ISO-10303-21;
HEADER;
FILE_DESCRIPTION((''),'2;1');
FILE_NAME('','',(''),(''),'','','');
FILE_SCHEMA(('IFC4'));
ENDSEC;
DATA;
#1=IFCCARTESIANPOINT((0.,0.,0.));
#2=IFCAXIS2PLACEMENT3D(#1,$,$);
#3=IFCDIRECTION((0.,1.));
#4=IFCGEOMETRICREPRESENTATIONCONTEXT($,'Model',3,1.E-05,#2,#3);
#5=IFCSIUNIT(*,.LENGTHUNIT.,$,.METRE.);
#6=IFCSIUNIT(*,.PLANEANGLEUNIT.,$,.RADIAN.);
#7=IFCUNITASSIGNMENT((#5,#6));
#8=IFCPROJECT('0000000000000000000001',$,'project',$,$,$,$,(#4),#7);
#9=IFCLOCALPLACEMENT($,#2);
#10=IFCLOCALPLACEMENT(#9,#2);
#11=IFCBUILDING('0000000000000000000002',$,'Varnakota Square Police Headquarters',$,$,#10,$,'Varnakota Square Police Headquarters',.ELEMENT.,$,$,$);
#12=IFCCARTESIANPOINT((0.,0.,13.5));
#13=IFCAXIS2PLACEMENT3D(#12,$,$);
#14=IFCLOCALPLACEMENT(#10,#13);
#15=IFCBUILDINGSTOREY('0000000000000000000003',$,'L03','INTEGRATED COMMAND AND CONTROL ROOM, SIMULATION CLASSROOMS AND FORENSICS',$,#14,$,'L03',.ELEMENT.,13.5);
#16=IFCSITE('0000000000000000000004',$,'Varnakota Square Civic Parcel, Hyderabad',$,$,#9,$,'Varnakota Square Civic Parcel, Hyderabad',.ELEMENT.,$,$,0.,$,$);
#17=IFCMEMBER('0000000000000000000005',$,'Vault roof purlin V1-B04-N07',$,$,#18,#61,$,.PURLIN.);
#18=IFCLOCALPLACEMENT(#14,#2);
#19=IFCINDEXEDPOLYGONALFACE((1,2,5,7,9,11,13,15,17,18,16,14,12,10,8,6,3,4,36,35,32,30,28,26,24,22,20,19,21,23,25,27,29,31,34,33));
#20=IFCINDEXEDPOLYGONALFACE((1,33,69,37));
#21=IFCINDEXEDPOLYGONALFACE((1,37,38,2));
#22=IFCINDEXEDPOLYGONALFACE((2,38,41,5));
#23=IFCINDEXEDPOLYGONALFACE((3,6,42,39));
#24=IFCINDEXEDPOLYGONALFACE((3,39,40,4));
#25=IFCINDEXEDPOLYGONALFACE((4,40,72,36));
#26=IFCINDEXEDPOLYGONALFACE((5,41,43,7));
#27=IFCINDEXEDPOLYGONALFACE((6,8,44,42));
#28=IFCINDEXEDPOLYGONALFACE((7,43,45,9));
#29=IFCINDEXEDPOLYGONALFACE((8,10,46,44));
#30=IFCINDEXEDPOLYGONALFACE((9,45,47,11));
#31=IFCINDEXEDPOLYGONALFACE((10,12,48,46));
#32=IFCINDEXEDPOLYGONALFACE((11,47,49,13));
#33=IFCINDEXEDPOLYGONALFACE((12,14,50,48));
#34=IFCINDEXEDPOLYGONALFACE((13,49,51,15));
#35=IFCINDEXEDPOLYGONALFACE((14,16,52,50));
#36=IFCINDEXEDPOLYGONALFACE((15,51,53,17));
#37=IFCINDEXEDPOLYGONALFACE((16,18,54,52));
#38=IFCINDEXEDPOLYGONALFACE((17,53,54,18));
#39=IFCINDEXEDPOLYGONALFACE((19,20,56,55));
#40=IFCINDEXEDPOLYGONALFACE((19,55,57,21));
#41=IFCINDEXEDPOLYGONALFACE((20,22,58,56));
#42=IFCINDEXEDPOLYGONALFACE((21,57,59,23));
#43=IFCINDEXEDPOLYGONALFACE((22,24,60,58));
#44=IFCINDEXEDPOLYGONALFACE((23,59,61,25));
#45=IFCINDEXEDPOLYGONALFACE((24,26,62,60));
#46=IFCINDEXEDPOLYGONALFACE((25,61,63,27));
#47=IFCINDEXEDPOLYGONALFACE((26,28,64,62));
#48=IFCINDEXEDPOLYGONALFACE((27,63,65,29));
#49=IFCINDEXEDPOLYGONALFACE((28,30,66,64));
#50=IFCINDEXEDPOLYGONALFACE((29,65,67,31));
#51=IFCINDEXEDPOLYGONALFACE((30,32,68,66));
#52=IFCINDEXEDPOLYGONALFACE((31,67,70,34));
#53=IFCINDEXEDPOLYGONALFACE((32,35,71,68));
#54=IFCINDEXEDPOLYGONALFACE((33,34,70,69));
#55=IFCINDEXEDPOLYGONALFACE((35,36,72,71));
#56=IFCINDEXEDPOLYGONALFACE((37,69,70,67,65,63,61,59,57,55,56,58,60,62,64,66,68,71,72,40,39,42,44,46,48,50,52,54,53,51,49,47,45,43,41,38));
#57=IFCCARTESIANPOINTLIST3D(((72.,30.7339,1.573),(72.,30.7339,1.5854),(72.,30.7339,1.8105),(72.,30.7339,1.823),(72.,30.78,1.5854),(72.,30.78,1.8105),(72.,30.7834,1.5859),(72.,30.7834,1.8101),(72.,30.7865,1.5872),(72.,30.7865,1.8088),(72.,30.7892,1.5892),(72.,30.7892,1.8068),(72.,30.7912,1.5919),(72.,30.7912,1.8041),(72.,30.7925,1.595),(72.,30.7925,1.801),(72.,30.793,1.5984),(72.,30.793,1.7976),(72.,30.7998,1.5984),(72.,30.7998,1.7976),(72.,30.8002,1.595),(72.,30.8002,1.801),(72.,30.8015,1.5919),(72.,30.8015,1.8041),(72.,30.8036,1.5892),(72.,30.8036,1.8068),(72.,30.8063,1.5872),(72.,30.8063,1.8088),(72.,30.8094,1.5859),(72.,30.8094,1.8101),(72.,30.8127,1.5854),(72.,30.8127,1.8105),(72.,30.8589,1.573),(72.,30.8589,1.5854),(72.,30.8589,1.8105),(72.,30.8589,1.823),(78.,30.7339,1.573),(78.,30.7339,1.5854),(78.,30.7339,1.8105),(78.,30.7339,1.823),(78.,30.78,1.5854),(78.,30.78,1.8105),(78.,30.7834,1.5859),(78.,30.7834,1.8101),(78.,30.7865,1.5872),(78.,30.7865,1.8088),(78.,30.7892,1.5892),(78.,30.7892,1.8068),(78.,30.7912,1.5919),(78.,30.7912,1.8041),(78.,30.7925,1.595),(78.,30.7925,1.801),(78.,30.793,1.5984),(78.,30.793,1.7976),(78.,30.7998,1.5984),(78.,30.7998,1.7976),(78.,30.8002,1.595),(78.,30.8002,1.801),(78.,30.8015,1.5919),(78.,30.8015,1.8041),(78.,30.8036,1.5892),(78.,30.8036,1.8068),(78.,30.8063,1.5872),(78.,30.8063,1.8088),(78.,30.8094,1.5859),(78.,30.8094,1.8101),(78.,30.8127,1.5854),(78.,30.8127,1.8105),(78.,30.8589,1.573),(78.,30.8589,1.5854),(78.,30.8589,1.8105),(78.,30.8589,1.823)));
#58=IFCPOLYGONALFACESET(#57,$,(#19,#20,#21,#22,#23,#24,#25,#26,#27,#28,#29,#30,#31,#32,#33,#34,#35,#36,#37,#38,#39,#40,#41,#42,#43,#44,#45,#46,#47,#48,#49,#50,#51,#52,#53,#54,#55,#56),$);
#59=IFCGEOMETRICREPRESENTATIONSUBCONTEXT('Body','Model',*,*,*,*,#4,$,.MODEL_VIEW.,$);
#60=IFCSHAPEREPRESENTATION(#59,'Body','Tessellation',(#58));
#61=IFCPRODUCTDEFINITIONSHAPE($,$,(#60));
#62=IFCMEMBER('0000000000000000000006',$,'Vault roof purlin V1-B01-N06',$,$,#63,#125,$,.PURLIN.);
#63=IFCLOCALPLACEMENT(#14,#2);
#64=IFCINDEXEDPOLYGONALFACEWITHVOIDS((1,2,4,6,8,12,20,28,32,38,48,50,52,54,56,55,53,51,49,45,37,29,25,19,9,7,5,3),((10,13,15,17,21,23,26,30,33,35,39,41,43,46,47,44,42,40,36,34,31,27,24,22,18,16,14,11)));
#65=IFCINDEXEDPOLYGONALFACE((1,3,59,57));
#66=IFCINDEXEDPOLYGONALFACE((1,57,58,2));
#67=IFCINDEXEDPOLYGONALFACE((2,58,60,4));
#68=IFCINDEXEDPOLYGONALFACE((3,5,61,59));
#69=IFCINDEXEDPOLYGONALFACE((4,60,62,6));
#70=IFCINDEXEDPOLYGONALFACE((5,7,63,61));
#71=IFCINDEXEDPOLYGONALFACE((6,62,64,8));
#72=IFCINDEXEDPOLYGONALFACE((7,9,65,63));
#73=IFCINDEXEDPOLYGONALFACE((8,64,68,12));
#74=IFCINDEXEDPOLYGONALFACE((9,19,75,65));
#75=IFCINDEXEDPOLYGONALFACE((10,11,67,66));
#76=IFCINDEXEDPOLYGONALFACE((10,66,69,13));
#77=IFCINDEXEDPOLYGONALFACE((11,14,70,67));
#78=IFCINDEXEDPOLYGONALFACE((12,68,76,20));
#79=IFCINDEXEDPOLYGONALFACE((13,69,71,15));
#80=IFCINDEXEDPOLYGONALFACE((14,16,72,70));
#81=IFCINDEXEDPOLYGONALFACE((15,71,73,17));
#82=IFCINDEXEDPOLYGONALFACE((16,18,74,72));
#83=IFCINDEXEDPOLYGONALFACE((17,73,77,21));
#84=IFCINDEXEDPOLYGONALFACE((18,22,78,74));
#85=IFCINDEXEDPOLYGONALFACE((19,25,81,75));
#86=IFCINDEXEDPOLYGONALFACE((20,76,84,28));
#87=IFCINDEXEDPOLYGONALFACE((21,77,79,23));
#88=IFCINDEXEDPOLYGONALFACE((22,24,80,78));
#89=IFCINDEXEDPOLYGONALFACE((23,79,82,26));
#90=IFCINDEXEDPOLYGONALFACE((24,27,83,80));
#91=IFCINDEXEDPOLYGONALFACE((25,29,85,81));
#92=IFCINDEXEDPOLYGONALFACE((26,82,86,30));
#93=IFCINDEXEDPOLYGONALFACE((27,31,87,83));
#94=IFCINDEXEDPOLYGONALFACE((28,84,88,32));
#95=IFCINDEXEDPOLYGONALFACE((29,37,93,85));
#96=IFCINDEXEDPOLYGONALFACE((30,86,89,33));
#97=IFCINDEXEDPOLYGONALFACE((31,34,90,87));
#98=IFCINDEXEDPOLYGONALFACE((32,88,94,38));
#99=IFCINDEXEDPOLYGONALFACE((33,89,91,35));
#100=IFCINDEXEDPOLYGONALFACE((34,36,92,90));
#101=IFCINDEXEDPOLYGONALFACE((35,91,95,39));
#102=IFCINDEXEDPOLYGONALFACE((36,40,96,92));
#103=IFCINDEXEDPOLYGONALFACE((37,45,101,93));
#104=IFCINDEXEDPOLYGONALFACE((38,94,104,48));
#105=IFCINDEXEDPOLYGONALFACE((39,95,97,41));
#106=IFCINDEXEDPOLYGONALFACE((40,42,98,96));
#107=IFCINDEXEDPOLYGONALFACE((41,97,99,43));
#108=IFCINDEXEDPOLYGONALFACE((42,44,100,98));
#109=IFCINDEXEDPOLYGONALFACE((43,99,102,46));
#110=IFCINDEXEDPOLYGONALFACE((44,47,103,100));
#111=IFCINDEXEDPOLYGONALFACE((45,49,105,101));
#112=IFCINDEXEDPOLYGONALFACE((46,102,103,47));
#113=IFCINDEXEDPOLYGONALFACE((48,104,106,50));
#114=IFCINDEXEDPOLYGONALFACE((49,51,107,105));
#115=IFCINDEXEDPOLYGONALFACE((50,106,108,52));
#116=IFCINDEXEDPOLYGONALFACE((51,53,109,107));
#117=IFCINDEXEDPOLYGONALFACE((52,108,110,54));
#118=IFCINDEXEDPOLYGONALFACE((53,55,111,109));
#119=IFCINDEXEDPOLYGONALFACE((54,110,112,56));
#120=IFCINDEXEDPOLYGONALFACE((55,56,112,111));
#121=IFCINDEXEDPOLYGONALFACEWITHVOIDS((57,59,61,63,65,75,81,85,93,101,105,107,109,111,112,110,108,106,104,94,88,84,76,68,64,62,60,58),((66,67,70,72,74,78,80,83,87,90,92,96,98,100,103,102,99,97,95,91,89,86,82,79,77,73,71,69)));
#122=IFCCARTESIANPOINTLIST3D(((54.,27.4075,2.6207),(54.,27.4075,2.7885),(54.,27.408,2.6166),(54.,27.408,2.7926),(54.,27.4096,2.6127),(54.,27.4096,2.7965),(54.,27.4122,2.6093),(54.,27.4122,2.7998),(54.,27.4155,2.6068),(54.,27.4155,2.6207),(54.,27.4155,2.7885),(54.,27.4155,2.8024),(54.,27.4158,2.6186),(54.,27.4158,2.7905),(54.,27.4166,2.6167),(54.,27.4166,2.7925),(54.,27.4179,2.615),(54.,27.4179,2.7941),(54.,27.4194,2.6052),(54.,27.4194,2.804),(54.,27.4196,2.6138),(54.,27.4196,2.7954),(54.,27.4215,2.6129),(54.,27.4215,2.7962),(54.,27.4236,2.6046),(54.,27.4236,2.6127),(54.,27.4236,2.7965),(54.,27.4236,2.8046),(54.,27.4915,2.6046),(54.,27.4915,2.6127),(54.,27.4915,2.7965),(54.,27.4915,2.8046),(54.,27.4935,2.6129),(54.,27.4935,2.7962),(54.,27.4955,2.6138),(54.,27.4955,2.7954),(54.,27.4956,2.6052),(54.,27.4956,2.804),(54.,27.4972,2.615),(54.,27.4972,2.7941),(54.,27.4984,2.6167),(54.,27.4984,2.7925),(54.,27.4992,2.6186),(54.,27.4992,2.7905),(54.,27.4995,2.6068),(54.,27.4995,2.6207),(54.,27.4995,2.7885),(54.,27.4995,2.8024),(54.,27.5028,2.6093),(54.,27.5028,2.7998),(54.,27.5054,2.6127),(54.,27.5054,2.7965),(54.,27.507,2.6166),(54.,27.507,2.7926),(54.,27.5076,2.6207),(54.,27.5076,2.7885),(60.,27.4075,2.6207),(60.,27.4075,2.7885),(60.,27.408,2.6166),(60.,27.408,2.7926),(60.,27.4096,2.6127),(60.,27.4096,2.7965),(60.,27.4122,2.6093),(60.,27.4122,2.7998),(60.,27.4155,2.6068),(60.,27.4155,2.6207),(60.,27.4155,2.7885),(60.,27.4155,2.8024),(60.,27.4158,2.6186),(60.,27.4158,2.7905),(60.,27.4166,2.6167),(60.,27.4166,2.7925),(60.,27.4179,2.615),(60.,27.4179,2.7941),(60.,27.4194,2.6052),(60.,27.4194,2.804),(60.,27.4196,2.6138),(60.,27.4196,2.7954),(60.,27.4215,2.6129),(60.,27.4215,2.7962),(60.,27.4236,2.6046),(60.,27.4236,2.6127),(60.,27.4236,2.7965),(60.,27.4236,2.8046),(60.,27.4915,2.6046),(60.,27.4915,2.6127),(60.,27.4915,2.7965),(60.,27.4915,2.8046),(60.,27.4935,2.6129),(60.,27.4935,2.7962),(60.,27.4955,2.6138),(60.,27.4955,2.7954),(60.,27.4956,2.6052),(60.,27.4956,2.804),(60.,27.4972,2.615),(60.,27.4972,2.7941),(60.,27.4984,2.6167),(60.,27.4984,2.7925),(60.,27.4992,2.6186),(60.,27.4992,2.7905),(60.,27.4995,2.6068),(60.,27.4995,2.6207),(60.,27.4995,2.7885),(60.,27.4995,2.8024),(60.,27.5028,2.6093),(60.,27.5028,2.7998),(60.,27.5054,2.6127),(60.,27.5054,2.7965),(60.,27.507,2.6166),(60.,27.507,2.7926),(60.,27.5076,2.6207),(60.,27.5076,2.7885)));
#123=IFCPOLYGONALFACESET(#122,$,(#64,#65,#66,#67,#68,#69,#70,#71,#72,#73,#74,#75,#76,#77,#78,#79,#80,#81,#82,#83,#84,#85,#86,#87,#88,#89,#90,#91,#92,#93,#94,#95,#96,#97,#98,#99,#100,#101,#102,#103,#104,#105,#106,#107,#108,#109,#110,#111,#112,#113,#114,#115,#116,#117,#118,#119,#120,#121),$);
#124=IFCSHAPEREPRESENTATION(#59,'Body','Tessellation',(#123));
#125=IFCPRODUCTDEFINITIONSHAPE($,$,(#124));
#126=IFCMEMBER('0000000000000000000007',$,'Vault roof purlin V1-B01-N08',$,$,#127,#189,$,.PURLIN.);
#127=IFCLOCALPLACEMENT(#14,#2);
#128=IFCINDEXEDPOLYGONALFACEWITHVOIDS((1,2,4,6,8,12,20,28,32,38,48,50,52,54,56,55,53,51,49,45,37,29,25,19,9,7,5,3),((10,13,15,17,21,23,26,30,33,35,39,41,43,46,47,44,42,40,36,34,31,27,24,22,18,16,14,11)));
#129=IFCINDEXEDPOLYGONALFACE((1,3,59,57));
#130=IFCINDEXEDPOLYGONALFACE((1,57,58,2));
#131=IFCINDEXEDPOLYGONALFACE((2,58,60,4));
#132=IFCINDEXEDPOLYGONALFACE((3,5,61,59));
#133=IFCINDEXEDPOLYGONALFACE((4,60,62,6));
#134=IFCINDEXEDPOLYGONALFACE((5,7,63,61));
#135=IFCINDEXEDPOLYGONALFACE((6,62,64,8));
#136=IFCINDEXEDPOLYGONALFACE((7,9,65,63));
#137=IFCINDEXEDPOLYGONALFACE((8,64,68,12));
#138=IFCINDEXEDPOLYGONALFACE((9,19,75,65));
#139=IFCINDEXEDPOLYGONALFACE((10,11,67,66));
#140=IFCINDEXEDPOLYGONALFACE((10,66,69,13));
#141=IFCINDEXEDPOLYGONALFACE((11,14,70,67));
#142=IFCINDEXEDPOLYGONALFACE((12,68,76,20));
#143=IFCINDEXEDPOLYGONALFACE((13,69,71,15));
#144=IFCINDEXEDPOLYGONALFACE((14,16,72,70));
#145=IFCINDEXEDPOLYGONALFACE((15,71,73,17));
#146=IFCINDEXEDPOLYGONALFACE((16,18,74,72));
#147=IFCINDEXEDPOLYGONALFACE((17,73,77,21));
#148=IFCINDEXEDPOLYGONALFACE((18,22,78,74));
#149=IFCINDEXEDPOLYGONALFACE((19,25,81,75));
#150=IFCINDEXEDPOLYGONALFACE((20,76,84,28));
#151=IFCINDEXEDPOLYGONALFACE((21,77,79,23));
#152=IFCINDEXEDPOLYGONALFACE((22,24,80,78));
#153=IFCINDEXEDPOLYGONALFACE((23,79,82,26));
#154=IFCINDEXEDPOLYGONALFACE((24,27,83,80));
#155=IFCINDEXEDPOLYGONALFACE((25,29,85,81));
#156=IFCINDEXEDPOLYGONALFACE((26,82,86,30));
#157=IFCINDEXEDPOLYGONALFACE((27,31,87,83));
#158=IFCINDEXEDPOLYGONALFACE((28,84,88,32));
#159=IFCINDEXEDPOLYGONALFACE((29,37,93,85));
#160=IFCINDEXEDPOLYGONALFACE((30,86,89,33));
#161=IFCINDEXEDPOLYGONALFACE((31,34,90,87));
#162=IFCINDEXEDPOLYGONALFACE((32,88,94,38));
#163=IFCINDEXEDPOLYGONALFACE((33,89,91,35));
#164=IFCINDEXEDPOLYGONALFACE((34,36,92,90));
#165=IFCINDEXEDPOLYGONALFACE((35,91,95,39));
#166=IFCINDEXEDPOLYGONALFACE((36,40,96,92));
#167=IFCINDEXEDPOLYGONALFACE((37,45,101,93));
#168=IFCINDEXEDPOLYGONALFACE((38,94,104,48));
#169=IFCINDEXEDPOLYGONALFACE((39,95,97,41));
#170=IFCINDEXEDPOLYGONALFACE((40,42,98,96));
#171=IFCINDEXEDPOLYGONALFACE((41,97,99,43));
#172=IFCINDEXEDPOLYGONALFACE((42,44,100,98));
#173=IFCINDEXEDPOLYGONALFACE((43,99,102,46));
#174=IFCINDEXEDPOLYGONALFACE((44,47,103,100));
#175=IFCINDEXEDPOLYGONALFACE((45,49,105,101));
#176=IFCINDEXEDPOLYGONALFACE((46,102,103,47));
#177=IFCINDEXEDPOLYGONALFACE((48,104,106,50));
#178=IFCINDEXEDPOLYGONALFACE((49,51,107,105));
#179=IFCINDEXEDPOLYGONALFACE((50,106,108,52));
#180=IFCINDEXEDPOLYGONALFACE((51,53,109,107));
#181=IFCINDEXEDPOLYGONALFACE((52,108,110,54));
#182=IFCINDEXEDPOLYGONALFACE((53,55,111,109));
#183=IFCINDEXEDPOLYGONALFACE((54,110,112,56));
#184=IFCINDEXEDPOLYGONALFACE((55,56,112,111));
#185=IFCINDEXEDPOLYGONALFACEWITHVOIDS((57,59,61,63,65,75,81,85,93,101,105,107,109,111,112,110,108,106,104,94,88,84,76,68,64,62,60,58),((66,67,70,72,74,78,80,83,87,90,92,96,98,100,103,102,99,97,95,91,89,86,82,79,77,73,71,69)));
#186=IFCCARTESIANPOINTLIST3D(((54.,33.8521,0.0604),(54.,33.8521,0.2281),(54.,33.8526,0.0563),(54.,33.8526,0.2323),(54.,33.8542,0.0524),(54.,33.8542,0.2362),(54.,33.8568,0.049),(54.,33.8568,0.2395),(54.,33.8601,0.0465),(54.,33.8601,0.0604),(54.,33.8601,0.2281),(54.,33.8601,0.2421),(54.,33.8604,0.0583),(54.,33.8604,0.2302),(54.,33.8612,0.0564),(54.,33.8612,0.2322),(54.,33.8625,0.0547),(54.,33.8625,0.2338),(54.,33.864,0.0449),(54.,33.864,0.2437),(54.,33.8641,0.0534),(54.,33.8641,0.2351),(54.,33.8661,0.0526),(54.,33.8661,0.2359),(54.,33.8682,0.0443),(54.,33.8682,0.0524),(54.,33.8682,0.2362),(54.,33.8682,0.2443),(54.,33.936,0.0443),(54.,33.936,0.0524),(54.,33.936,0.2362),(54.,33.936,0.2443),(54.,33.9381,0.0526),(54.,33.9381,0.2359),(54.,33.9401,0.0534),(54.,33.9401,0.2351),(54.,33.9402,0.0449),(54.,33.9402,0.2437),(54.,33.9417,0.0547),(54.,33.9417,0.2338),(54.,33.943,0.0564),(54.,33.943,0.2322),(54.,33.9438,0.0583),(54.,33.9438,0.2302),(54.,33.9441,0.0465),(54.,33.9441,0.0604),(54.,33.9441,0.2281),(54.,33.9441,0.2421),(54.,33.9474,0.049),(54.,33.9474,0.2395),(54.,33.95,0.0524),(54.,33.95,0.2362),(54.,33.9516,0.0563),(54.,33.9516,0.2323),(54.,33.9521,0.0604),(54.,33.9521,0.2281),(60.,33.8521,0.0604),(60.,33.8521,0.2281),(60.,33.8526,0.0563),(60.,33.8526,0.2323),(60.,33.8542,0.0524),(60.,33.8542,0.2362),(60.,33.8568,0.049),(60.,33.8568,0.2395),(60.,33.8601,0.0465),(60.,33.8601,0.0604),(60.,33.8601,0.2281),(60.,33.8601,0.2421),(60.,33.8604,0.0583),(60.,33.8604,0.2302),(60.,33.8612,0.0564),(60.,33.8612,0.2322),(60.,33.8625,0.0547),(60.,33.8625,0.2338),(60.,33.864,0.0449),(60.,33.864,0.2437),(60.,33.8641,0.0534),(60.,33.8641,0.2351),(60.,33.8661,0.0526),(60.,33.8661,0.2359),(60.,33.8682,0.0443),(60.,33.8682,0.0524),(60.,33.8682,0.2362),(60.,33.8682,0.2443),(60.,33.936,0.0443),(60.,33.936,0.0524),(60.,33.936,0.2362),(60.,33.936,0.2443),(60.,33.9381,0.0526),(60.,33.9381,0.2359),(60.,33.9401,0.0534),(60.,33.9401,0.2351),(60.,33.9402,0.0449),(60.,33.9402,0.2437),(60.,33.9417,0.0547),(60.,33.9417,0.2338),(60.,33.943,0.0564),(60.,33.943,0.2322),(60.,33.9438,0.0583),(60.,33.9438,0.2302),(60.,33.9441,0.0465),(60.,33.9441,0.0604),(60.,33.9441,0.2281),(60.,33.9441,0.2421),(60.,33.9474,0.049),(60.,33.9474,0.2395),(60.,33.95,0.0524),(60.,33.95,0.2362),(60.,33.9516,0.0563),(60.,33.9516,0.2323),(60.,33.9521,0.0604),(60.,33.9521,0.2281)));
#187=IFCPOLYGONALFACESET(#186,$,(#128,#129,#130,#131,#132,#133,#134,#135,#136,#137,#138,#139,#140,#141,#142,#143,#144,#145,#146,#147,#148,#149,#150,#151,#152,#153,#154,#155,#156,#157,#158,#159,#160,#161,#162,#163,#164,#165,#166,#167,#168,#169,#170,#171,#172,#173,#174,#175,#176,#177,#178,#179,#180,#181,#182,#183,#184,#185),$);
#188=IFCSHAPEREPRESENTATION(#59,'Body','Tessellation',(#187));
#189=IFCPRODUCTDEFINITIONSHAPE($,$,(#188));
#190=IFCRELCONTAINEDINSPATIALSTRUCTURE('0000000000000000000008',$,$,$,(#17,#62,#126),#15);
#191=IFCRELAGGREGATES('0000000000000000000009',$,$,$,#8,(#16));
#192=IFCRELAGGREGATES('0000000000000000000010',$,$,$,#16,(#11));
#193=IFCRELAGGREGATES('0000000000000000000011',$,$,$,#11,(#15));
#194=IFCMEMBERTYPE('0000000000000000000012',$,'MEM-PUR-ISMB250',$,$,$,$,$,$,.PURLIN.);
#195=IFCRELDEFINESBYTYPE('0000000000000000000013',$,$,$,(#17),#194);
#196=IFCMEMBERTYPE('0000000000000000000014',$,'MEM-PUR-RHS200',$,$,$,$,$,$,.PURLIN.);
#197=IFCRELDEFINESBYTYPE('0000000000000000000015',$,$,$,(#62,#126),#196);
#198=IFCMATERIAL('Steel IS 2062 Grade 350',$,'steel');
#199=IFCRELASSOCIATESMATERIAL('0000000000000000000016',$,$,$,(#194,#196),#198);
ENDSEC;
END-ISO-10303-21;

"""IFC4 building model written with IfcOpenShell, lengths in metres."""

from ifc_helpers import new_model, si_unit, direction, frame, origin, origin_2d, place, context, subcontext, project, spatial, hollow_rectangle, i_section, extrude, material, material_profile, profile_set, type_object, element, save


model = new_model("IFC4")

# Units and contexts
model_context = context("Model", 3, precision=1e-05, world=origin(), true_north=direction((0.0, 1.0)))
body_context = subcontext(model_context, "Body", "Model", "MODEL_VIEW")
ifc_project = project(units=[si_unit("LENGTHUNIT", "METRE"), si_unit("PLANEANGLEUNIT", "RADIAN")], contexts=[model_context])

# Site, building, storey
site_placement = place(None, origin())
site = spatial("IfcSite", under=ifc_project, at=site_placement, Name="Varnakota Square Civic Parcel, Hyderabad", LongName="Varnakota Square Civic Parcel, Hyderabad", CompositionType="ELEMENT", RefElevation=0.0)
building_placement = place(site_placement, origin())
building = spatial("IfcBuilding", under=site, at=building_placement, Name="Varnakota Square Police Headquarters", LongName="Varnakota Square Police Headquarters", CompositionType="ELEMENT")
storey_placement = place(building_placement, frame((0.0, 0.0, 13.5)))
storey = spatial("IfcBuildingStorey", under=building, at=storey_placement, Name="L03", Description="INTEGRATED COMMAND AND CONTROL ROOM, SIMULATION CLASSROOMS AND FORENSICS", LongName="L03", CompositionType="ELEMENT", Elevation=13.5)

# Shared definitions
ifc_material_1 = material(Name="Steel IS 2062 Grade 350", Category="steel")

# Members
ifc_material_profile_1 = material_profile(ifc_material_1, i_section(OverallWidth=0.125, OverallDepth=0.25, WebThickness=0.0068, FlangeThickness=0.0125, FilletRadius=0.0129, at=origin_2d()), Name="ISMB 250")
ifc_profile_set_1 = profile_set([ifc_material_profile_1], Name="Steel IS 2062 Grade 350")
member_type_1 = type_object("IfcMemberType", Name="MEM-PUR-ISMB250", PredefinedType="PURLIN", material=ifc_profile_set_1)
for number, where, z_axis, x_axis, name in (
    (1, (72.0, 30.7964, 1.698), (1.0, 0.0, 0.0), (0.0, 1.0, 0.0), "Vault roof purlin V1-B04-N07"),
):
    element("IfcMember", number, at=place(storey_placement, frame(where, z_axis=z_axis, x_axis=x_axis)), inside=storey, type_object=member_type_1, Name=name, PredefinedType="PURLIN", context=body_context, shape_type="SweptSolid", body=[
        extrude(i_section(OverallWidth=0.125, OverallDepth=0.25, WebThickness=0.0068, FlangeThickness=0.0125, FilletRadius=0.0129, at=origin_2d()), origin(), (0.0, 0.0, 1.0), 6.0),
    ])
ifc_material_profile_2 = material_profile(ifc_material_1, hollow_rectangle(XDim=0.1001, YDim=0.2, WallThickness=0.0081, InnerFilletRadius=0.0081, OuterFilletRadius=0.0161, at=origin_2d()), Name="RHS 200x100x8")
ifc_profile_set_2 = profile_set([ifc_material_profile_2], Name="Steel IS 2062 Grade 350")
member_type_2 = type_object("IfcMemberType", Name="MEM-PUR-RHS200", PredefinedType="PURLIN", material=ifc_profile_set_2)
for number, where, z_axis, x_axis, name in (
    (2, (54.0, 27.4575, 2.7046), (1.0, 0.0, 0.0), (0.0, 1.0, 0.0), "Vault roof purlin V1-B01-N06"),
    (3, (54.0, 33.9021, 0.1443), (1.0, 0.0, 0.0), (0.0, 1.0, 0.0), "Vault roof purlin V1-B01-N08"),
):
    element("IfcMember", number, at=place(storey_placement, frame(where, z_axis=z_axis, x_axis=x_axis)), inside=storey, type_object=member_type_2, Name=name, PredefinedType="PURLIN", context=body_context, shape_type="SweptSolid", body=[
        extrude(hollow_rectangle(XDim=0.1001, YDim=0.2, WallThickness=0.0081, InnerFilletRadius=0.0081, OuterFilletRadius=0.0161, at=origin_2d()), origin(), (0.0, 0.0, 1.0), 6.0),
    ])

save(model, "model.ifc")
